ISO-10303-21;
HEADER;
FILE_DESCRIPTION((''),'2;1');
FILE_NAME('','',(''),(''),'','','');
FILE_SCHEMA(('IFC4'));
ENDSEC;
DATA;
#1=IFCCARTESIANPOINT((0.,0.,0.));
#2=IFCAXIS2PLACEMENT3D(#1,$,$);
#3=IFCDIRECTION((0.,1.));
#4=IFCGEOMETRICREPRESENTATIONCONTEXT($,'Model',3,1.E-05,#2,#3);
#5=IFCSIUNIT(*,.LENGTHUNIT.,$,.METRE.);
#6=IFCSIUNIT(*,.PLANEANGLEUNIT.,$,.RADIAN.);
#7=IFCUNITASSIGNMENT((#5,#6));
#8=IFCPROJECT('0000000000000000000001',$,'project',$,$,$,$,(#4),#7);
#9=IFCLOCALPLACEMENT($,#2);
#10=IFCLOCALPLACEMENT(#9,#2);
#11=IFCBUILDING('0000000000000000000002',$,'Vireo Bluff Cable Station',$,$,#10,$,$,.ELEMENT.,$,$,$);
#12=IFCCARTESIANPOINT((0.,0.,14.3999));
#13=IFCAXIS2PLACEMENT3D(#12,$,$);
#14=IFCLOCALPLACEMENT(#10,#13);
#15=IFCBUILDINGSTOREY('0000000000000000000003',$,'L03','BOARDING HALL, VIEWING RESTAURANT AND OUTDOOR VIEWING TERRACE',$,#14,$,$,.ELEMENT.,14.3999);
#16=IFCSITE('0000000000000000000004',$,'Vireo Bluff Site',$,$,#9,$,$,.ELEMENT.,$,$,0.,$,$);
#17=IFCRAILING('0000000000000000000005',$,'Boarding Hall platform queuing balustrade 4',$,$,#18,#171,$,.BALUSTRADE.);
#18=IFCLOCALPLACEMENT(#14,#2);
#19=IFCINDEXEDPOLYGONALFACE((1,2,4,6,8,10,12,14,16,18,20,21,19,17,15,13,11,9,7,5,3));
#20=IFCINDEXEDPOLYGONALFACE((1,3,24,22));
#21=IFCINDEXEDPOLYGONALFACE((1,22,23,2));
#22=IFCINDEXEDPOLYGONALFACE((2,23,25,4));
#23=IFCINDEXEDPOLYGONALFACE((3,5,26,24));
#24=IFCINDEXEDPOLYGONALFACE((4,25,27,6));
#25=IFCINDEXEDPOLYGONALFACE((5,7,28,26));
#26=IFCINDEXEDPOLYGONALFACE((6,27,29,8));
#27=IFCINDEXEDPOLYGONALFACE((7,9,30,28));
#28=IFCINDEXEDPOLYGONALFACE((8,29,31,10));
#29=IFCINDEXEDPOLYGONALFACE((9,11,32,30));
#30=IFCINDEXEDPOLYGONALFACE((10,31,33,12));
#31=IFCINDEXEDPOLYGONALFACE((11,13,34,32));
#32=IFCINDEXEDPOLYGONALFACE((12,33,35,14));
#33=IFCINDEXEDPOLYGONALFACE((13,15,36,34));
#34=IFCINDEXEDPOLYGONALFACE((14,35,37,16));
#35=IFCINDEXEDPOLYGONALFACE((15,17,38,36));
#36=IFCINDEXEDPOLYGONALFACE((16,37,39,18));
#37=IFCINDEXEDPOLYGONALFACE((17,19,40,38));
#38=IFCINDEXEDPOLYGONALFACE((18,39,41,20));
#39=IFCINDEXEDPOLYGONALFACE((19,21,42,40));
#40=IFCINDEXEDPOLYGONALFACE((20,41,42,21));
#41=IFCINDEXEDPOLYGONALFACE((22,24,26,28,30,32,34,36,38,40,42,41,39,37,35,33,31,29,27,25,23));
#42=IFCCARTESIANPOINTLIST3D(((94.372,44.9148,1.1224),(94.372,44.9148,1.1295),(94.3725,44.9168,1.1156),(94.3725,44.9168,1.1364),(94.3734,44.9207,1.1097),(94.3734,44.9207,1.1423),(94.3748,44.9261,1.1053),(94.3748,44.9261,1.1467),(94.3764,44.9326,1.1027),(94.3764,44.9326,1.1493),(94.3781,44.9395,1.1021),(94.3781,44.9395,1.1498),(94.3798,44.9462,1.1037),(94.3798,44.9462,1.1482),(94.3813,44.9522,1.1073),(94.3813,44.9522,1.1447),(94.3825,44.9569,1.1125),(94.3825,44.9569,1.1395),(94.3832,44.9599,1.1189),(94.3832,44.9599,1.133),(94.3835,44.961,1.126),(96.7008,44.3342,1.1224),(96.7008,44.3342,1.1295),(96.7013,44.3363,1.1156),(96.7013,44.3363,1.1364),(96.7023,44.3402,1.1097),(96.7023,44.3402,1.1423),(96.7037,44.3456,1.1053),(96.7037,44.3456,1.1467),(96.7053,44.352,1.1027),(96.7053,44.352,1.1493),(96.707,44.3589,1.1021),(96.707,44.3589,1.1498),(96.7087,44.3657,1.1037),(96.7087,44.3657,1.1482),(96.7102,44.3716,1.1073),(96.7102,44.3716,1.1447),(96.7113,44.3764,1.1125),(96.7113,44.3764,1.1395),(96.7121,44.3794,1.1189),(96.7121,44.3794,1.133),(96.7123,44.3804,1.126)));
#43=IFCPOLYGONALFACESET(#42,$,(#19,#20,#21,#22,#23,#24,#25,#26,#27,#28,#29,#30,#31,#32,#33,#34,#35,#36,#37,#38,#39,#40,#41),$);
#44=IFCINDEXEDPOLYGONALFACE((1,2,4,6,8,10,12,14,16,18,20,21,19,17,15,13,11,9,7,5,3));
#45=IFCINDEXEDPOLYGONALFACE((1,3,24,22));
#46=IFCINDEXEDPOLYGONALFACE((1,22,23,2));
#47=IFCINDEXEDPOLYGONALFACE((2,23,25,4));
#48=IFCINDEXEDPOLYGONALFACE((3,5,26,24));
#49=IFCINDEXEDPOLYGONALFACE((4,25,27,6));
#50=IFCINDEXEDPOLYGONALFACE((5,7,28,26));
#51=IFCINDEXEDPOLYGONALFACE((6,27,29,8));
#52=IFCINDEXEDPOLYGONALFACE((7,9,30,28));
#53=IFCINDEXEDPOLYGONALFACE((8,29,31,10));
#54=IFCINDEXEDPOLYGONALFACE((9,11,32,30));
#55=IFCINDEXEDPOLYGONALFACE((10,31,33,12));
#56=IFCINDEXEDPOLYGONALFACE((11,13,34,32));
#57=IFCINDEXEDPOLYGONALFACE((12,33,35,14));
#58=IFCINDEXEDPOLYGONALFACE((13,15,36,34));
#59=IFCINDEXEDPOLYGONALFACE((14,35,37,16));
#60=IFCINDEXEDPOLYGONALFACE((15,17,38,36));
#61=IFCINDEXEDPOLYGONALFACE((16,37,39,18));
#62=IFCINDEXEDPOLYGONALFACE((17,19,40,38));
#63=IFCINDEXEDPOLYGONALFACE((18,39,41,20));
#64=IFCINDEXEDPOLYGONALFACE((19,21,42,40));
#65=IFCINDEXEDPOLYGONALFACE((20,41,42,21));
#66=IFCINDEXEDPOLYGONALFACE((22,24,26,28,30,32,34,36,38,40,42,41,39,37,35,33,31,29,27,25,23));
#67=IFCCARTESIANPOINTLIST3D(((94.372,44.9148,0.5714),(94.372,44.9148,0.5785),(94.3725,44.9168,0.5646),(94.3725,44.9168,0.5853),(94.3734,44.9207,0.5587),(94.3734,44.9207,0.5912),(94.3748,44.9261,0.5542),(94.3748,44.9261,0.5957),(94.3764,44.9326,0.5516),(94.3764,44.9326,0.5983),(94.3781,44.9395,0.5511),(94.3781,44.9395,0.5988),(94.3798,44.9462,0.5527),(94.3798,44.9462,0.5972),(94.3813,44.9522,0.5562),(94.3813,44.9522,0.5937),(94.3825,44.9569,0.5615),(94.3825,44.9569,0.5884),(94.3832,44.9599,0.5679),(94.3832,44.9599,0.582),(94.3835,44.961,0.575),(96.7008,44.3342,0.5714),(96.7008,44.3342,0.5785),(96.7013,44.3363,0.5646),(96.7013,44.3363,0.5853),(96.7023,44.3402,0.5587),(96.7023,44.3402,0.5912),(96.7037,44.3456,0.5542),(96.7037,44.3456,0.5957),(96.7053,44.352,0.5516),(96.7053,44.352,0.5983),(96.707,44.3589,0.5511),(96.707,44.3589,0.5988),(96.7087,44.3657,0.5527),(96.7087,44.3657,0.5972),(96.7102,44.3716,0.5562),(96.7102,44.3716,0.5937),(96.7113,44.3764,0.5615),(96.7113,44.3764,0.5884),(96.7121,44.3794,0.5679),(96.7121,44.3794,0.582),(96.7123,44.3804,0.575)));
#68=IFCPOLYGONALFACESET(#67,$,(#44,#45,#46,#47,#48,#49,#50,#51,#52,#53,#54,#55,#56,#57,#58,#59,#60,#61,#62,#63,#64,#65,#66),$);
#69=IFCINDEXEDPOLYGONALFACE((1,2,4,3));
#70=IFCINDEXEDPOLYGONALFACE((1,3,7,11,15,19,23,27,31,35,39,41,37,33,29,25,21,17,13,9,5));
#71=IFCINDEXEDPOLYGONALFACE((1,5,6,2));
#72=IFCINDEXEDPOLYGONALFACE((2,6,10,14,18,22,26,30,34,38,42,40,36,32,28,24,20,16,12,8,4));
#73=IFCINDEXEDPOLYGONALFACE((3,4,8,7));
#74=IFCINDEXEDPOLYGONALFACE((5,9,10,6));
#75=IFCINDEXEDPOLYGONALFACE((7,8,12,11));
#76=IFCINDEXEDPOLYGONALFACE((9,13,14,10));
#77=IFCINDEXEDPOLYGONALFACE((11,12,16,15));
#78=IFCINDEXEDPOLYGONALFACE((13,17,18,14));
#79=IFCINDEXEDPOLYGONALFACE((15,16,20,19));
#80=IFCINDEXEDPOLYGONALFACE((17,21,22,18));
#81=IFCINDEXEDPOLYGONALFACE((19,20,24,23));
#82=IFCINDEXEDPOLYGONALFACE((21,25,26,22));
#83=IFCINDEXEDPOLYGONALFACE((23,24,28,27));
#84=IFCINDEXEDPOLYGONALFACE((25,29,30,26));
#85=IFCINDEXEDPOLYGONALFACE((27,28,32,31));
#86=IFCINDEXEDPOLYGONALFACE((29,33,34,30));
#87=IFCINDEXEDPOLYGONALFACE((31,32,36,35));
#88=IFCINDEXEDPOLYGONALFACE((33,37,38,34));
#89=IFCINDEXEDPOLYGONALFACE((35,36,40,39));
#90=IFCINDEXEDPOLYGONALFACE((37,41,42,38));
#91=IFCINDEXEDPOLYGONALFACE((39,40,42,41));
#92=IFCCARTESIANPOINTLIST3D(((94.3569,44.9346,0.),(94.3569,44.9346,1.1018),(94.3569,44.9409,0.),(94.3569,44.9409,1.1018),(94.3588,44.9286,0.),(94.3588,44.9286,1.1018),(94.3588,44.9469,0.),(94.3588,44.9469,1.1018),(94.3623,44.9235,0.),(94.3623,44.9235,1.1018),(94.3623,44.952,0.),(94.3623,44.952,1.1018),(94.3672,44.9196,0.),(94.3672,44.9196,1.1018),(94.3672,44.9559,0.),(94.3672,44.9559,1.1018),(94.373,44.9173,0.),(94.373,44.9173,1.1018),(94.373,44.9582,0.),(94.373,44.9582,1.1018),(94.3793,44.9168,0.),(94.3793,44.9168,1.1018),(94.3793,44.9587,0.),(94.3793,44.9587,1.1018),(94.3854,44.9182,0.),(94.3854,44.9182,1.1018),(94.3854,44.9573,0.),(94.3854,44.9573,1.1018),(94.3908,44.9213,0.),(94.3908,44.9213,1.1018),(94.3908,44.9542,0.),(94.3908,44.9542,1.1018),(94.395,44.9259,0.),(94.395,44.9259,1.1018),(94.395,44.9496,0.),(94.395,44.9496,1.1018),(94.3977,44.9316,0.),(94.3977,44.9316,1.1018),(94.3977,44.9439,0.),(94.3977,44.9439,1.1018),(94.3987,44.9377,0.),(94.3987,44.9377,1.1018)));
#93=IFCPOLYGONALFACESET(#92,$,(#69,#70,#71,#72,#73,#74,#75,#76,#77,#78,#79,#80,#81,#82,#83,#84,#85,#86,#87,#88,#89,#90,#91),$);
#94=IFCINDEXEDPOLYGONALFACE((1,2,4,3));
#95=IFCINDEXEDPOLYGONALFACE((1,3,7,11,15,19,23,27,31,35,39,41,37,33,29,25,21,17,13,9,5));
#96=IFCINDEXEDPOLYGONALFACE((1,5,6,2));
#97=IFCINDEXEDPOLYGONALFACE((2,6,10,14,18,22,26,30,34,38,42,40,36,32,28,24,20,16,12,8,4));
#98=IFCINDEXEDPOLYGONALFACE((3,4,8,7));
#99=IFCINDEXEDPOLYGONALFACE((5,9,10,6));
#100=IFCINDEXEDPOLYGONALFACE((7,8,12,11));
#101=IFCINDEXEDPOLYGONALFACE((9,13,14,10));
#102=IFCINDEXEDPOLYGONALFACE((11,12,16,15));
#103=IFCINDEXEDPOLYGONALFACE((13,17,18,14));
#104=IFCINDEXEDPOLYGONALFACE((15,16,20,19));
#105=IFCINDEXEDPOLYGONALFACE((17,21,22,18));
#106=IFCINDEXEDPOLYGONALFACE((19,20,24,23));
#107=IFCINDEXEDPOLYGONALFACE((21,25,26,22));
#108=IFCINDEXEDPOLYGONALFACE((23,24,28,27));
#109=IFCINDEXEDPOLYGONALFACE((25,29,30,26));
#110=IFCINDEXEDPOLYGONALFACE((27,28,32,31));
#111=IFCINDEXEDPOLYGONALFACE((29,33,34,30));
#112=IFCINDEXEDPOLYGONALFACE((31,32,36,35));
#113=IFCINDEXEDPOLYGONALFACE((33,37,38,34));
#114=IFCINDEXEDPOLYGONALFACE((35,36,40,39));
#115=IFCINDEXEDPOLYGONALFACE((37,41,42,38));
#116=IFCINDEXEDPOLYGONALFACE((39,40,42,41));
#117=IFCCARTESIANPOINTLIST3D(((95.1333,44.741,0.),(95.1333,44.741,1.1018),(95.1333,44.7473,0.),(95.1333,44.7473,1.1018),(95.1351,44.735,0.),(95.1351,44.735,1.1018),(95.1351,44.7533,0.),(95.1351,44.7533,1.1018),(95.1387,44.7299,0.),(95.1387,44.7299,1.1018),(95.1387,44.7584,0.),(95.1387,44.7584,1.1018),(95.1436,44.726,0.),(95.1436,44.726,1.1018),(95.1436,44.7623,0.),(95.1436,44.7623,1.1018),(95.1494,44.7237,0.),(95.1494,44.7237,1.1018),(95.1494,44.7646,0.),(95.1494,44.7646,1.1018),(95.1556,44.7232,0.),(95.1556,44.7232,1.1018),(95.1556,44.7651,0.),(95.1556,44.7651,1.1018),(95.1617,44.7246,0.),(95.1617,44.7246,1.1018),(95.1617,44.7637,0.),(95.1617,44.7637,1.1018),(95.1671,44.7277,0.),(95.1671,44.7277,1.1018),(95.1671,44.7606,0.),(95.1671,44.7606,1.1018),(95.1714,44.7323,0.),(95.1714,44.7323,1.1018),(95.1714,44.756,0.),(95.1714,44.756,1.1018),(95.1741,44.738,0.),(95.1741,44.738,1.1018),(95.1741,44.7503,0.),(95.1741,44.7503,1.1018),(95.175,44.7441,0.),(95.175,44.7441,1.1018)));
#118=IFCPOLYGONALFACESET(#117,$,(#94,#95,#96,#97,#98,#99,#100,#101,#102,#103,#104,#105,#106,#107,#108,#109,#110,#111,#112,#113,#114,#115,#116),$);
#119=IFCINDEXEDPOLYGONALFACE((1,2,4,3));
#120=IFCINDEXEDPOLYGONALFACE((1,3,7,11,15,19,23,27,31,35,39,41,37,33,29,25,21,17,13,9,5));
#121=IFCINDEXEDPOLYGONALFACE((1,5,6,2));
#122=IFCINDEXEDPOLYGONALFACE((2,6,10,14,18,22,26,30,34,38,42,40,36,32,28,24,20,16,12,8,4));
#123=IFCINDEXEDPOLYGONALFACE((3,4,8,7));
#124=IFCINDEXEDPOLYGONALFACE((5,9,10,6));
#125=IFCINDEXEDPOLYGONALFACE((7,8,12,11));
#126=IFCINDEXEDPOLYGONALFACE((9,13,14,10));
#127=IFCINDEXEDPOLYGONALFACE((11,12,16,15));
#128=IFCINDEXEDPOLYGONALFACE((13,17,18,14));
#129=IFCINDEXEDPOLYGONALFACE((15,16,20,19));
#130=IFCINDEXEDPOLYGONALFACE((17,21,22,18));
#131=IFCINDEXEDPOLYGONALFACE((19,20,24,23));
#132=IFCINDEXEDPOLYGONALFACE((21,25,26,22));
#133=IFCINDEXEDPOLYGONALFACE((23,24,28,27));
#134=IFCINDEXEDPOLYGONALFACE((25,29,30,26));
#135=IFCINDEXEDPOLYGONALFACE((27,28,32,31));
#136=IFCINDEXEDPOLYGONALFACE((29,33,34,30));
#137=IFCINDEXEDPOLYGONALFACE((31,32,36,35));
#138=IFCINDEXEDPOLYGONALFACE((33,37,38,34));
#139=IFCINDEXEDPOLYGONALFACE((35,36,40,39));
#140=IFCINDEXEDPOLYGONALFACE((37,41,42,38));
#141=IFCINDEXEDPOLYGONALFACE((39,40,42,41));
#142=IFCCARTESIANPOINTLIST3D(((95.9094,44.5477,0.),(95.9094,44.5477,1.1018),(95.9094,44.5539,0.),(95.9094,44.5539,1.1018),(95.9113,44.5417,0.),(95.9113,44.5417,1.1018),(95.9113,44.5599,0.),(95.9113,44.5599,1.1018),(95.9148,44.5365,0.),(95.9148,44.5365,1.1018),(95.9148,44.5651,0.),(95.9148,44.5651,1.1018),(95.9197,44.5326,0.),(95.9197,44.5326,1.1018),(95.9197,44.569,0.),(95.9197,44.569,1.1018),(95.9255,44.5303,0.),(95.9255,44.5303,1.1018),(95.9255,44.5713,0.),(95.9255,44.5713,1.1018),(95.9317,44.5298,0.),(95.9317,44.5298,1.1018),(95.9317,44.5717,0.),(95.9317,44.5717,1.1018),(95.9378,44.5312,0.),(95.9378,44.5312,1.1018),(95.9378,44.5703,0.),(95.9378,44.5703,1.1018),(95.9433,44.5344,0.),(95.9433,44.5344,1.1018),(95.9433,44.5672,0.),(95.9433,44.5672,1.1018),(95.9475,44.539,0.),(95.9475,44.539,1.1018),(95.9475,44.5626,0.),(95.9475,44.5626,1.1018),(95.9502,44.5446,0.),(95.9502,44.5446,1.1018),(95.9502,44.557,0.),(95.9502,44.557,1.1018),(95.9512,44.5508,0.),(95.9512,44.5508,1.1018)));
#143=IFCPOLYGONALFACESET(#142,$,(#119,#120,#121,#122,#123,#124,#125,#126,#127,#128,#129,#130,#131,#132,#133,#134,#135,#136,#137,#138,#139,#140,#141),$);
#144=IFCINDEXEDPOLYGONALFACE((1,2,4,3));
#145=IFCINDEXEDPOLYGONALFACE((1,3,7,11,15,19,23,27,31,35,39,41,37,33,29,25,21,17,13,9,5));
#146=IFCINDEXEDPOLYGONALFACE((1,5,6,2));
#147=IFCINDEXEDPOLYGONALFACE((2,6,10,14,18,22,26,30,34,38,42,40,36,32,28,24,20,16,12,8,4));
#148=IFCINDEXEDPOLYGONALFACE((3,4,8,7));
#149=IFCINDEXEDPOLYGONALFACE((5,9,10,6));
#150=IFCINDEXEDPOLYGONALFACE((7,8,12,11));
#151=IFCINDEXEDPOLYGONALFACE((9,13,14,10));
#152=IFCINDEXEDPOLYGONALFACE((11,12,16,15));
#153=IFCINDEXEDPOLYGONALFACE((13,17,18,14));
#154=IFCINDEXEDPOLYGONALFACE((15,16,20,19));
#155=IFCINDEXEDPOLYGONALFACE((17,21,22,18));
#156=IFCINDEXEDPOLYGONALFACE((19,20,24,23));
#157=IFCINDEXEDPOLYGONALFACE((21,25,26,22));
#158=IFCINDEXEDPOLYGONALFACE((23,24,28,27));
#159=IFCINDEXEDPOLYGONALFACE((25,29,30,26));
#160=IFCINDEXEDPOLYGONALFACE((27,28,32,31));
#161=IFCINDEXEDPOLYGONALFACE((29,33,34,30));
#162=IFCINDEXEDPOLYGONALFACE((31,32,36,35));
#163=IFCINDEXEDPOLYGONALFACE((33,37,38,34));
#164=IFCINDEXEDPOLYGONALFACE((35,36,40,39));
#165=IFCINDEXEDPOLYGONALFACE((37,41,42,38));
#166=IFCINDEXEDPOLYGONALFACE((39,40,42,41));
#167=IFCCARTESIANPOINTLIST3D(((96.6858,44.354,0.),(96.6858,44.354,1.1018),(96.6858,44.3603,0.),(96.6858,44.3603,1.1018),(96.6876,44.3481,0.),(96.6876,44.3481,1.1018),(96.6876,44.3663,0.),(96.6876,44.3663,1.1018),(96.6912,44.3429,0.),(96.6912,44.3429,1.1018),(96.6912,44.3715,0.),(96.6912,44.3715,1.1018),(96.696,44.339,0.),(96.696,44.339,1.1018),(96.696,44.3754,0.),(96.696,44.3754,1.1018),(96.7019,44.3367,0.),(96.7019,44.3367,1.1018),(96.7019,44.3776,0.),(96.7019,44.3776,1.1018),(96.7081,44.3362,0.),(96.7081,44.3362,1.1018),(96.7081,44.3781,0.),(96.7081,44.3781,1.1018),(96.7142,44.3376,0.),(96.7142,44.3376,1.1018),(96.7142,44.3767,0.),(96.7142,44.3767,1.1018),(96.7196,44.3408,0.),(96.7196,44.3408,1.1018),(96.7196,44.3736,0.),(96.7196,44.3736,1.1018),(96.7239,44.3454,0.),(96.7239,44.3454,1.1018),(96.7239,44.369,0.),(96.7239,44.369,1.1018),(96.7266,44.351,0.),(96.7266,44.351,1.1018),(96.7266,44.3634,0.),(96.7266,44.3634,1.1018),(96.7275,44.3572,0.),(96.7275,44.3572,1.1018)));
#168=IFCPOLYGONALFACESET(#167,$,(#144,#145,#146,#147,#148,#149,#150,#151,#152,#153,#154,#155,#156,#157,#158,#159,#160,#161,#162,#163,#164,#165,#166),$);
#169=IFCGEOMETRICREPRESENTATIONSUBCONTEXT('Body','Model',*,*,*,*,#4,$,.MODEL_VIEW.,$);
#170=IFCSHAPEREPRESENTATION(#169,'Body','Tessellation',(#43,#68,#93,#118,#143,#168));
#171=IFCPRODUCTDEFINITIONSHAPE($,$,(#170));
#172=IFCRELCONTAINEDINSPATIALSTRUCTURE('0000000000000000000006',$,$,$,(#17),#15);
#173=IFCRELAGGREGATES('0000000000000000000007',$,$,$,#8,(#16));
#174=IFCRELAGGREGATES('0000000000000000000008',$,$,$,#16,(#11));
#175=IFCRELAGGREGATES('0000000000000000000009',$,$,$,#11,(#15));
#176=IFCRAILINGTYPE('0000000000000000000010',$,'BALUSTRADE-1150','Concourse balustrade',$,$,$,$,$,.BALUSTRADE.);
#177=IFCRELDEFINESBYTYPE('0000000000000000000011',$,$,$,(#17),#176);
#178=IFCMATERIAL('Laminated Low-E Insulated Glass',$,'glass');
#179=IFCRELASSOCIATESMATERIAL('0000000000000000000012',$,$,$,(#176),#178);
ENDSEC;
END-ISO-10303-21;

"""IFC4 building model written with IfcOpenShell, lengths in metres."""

from ifc_helpers import new_model, si_unit, direction, frame, origin, origin_2d, place, context, subcontext, project, spatial, circle, extrude, material, type_object, element, save


model = new_model("IFC4")

# Units and contexts
model_context = context("Model", 3, precision=1e-05, world=origin(), true_north=direction((0.0, 1.0)))
body_context = subcontext(model_context, "Body", "Model", "MODEL_VIEW")
ifc_project = project(units=[si_unit("LENGTHUNIT", "METRE"), si_unit("PLANEANGLEUNIT", "RADIAN")], contexts=[model_context])

# Site, building, storey
site_placement = place(None, origin())
site = spatial("IfcSite", under=ifc_project, at=site_placement, Name="Vireo Bluff Site", CompositionType="ELEMENT", RefElevation=0.0)
building_placement = place(site_placement, origin())
building = spatial("IfcBuilding", under=site, at=building_placement, Name="Vireo Bluff Cable Station", CompositionType="ELEMENT")
storey_placement = place(building_placement, frame((0.0, 0.0, 14.3999)))
storey = spatial("IfcBuildingStorey", under=building, at=storey_placement, Name="L03", Description="BOARDING HALL, VIEWING RESTAURANT AND OUTDOOR VIEWING TERRACE", CompositionType="ELEMENT", Elevation=14.3999)

# Shared definitions
ifc_material_1 = material(Name="Laminated Low-E Insulated Glass", Category="glass")

# Railing
railing_type = type_object("IfcRailingType", Name="BALUSTRADE-1150", Description="Concourse balustrade", PredefinedType="BALUSTRADE", material=ifc_material_1)
for number, where, name in (
    (1, (94.3777, 44.9377, 0.0), "Boarding Hall platform queuing balustrade 4"),
):
    element("IfcRailing", number, at=place(storey_placement, frame(where)), inside=storey, type_object=railing_type, Name=name, PredefinedType="BALUSTRADE", context=body_context, shape_type="SweptSolid", body=[
        extrude(circle(Radius=0.0239, at=origin_2d()), frame((0.0, 0.0, 1.126), z_axis=(0.970304, -0.241889, 0.0), x_axis=(0.241889, 0.970304, 0.0)), (0.0, 0.0, 1.0), 2.4001),
        extrude(circle(Radius=0.0239, at=origin_2d()), frame((0.0, 0.0, 0.575), z_axis=(0.970304, -0.241889, 0.0), x_axis=(0.241889, 0.970304, 0.0)), (0.0, 0.0, 1.0), 2.4001),
        extrude(circle(Radius=0.021, at=origin_2d()), origin(), (0.0, 0.0, 1.0), 1.1018),
        extrude(circle(Radius=0.021, at=origin_2d()), frame((0.7764, -0.1936, 0.0)), (0.0, 0.0, 1.0), 1.1018),
        extrude(circle(Radius=0.021, at=origin_2d()), frame((1.5525, -0.387, 0.0)), (0.0, 0.0, 1.0), 1.1018),
        extrude(circle(Radius=0.021, at=origin_2d()), frame((2.3289, -0.5806, 0.0)), (0.0, 0.0, 1.0), 1.1018),
    ])

save(model, "model.ifc")
